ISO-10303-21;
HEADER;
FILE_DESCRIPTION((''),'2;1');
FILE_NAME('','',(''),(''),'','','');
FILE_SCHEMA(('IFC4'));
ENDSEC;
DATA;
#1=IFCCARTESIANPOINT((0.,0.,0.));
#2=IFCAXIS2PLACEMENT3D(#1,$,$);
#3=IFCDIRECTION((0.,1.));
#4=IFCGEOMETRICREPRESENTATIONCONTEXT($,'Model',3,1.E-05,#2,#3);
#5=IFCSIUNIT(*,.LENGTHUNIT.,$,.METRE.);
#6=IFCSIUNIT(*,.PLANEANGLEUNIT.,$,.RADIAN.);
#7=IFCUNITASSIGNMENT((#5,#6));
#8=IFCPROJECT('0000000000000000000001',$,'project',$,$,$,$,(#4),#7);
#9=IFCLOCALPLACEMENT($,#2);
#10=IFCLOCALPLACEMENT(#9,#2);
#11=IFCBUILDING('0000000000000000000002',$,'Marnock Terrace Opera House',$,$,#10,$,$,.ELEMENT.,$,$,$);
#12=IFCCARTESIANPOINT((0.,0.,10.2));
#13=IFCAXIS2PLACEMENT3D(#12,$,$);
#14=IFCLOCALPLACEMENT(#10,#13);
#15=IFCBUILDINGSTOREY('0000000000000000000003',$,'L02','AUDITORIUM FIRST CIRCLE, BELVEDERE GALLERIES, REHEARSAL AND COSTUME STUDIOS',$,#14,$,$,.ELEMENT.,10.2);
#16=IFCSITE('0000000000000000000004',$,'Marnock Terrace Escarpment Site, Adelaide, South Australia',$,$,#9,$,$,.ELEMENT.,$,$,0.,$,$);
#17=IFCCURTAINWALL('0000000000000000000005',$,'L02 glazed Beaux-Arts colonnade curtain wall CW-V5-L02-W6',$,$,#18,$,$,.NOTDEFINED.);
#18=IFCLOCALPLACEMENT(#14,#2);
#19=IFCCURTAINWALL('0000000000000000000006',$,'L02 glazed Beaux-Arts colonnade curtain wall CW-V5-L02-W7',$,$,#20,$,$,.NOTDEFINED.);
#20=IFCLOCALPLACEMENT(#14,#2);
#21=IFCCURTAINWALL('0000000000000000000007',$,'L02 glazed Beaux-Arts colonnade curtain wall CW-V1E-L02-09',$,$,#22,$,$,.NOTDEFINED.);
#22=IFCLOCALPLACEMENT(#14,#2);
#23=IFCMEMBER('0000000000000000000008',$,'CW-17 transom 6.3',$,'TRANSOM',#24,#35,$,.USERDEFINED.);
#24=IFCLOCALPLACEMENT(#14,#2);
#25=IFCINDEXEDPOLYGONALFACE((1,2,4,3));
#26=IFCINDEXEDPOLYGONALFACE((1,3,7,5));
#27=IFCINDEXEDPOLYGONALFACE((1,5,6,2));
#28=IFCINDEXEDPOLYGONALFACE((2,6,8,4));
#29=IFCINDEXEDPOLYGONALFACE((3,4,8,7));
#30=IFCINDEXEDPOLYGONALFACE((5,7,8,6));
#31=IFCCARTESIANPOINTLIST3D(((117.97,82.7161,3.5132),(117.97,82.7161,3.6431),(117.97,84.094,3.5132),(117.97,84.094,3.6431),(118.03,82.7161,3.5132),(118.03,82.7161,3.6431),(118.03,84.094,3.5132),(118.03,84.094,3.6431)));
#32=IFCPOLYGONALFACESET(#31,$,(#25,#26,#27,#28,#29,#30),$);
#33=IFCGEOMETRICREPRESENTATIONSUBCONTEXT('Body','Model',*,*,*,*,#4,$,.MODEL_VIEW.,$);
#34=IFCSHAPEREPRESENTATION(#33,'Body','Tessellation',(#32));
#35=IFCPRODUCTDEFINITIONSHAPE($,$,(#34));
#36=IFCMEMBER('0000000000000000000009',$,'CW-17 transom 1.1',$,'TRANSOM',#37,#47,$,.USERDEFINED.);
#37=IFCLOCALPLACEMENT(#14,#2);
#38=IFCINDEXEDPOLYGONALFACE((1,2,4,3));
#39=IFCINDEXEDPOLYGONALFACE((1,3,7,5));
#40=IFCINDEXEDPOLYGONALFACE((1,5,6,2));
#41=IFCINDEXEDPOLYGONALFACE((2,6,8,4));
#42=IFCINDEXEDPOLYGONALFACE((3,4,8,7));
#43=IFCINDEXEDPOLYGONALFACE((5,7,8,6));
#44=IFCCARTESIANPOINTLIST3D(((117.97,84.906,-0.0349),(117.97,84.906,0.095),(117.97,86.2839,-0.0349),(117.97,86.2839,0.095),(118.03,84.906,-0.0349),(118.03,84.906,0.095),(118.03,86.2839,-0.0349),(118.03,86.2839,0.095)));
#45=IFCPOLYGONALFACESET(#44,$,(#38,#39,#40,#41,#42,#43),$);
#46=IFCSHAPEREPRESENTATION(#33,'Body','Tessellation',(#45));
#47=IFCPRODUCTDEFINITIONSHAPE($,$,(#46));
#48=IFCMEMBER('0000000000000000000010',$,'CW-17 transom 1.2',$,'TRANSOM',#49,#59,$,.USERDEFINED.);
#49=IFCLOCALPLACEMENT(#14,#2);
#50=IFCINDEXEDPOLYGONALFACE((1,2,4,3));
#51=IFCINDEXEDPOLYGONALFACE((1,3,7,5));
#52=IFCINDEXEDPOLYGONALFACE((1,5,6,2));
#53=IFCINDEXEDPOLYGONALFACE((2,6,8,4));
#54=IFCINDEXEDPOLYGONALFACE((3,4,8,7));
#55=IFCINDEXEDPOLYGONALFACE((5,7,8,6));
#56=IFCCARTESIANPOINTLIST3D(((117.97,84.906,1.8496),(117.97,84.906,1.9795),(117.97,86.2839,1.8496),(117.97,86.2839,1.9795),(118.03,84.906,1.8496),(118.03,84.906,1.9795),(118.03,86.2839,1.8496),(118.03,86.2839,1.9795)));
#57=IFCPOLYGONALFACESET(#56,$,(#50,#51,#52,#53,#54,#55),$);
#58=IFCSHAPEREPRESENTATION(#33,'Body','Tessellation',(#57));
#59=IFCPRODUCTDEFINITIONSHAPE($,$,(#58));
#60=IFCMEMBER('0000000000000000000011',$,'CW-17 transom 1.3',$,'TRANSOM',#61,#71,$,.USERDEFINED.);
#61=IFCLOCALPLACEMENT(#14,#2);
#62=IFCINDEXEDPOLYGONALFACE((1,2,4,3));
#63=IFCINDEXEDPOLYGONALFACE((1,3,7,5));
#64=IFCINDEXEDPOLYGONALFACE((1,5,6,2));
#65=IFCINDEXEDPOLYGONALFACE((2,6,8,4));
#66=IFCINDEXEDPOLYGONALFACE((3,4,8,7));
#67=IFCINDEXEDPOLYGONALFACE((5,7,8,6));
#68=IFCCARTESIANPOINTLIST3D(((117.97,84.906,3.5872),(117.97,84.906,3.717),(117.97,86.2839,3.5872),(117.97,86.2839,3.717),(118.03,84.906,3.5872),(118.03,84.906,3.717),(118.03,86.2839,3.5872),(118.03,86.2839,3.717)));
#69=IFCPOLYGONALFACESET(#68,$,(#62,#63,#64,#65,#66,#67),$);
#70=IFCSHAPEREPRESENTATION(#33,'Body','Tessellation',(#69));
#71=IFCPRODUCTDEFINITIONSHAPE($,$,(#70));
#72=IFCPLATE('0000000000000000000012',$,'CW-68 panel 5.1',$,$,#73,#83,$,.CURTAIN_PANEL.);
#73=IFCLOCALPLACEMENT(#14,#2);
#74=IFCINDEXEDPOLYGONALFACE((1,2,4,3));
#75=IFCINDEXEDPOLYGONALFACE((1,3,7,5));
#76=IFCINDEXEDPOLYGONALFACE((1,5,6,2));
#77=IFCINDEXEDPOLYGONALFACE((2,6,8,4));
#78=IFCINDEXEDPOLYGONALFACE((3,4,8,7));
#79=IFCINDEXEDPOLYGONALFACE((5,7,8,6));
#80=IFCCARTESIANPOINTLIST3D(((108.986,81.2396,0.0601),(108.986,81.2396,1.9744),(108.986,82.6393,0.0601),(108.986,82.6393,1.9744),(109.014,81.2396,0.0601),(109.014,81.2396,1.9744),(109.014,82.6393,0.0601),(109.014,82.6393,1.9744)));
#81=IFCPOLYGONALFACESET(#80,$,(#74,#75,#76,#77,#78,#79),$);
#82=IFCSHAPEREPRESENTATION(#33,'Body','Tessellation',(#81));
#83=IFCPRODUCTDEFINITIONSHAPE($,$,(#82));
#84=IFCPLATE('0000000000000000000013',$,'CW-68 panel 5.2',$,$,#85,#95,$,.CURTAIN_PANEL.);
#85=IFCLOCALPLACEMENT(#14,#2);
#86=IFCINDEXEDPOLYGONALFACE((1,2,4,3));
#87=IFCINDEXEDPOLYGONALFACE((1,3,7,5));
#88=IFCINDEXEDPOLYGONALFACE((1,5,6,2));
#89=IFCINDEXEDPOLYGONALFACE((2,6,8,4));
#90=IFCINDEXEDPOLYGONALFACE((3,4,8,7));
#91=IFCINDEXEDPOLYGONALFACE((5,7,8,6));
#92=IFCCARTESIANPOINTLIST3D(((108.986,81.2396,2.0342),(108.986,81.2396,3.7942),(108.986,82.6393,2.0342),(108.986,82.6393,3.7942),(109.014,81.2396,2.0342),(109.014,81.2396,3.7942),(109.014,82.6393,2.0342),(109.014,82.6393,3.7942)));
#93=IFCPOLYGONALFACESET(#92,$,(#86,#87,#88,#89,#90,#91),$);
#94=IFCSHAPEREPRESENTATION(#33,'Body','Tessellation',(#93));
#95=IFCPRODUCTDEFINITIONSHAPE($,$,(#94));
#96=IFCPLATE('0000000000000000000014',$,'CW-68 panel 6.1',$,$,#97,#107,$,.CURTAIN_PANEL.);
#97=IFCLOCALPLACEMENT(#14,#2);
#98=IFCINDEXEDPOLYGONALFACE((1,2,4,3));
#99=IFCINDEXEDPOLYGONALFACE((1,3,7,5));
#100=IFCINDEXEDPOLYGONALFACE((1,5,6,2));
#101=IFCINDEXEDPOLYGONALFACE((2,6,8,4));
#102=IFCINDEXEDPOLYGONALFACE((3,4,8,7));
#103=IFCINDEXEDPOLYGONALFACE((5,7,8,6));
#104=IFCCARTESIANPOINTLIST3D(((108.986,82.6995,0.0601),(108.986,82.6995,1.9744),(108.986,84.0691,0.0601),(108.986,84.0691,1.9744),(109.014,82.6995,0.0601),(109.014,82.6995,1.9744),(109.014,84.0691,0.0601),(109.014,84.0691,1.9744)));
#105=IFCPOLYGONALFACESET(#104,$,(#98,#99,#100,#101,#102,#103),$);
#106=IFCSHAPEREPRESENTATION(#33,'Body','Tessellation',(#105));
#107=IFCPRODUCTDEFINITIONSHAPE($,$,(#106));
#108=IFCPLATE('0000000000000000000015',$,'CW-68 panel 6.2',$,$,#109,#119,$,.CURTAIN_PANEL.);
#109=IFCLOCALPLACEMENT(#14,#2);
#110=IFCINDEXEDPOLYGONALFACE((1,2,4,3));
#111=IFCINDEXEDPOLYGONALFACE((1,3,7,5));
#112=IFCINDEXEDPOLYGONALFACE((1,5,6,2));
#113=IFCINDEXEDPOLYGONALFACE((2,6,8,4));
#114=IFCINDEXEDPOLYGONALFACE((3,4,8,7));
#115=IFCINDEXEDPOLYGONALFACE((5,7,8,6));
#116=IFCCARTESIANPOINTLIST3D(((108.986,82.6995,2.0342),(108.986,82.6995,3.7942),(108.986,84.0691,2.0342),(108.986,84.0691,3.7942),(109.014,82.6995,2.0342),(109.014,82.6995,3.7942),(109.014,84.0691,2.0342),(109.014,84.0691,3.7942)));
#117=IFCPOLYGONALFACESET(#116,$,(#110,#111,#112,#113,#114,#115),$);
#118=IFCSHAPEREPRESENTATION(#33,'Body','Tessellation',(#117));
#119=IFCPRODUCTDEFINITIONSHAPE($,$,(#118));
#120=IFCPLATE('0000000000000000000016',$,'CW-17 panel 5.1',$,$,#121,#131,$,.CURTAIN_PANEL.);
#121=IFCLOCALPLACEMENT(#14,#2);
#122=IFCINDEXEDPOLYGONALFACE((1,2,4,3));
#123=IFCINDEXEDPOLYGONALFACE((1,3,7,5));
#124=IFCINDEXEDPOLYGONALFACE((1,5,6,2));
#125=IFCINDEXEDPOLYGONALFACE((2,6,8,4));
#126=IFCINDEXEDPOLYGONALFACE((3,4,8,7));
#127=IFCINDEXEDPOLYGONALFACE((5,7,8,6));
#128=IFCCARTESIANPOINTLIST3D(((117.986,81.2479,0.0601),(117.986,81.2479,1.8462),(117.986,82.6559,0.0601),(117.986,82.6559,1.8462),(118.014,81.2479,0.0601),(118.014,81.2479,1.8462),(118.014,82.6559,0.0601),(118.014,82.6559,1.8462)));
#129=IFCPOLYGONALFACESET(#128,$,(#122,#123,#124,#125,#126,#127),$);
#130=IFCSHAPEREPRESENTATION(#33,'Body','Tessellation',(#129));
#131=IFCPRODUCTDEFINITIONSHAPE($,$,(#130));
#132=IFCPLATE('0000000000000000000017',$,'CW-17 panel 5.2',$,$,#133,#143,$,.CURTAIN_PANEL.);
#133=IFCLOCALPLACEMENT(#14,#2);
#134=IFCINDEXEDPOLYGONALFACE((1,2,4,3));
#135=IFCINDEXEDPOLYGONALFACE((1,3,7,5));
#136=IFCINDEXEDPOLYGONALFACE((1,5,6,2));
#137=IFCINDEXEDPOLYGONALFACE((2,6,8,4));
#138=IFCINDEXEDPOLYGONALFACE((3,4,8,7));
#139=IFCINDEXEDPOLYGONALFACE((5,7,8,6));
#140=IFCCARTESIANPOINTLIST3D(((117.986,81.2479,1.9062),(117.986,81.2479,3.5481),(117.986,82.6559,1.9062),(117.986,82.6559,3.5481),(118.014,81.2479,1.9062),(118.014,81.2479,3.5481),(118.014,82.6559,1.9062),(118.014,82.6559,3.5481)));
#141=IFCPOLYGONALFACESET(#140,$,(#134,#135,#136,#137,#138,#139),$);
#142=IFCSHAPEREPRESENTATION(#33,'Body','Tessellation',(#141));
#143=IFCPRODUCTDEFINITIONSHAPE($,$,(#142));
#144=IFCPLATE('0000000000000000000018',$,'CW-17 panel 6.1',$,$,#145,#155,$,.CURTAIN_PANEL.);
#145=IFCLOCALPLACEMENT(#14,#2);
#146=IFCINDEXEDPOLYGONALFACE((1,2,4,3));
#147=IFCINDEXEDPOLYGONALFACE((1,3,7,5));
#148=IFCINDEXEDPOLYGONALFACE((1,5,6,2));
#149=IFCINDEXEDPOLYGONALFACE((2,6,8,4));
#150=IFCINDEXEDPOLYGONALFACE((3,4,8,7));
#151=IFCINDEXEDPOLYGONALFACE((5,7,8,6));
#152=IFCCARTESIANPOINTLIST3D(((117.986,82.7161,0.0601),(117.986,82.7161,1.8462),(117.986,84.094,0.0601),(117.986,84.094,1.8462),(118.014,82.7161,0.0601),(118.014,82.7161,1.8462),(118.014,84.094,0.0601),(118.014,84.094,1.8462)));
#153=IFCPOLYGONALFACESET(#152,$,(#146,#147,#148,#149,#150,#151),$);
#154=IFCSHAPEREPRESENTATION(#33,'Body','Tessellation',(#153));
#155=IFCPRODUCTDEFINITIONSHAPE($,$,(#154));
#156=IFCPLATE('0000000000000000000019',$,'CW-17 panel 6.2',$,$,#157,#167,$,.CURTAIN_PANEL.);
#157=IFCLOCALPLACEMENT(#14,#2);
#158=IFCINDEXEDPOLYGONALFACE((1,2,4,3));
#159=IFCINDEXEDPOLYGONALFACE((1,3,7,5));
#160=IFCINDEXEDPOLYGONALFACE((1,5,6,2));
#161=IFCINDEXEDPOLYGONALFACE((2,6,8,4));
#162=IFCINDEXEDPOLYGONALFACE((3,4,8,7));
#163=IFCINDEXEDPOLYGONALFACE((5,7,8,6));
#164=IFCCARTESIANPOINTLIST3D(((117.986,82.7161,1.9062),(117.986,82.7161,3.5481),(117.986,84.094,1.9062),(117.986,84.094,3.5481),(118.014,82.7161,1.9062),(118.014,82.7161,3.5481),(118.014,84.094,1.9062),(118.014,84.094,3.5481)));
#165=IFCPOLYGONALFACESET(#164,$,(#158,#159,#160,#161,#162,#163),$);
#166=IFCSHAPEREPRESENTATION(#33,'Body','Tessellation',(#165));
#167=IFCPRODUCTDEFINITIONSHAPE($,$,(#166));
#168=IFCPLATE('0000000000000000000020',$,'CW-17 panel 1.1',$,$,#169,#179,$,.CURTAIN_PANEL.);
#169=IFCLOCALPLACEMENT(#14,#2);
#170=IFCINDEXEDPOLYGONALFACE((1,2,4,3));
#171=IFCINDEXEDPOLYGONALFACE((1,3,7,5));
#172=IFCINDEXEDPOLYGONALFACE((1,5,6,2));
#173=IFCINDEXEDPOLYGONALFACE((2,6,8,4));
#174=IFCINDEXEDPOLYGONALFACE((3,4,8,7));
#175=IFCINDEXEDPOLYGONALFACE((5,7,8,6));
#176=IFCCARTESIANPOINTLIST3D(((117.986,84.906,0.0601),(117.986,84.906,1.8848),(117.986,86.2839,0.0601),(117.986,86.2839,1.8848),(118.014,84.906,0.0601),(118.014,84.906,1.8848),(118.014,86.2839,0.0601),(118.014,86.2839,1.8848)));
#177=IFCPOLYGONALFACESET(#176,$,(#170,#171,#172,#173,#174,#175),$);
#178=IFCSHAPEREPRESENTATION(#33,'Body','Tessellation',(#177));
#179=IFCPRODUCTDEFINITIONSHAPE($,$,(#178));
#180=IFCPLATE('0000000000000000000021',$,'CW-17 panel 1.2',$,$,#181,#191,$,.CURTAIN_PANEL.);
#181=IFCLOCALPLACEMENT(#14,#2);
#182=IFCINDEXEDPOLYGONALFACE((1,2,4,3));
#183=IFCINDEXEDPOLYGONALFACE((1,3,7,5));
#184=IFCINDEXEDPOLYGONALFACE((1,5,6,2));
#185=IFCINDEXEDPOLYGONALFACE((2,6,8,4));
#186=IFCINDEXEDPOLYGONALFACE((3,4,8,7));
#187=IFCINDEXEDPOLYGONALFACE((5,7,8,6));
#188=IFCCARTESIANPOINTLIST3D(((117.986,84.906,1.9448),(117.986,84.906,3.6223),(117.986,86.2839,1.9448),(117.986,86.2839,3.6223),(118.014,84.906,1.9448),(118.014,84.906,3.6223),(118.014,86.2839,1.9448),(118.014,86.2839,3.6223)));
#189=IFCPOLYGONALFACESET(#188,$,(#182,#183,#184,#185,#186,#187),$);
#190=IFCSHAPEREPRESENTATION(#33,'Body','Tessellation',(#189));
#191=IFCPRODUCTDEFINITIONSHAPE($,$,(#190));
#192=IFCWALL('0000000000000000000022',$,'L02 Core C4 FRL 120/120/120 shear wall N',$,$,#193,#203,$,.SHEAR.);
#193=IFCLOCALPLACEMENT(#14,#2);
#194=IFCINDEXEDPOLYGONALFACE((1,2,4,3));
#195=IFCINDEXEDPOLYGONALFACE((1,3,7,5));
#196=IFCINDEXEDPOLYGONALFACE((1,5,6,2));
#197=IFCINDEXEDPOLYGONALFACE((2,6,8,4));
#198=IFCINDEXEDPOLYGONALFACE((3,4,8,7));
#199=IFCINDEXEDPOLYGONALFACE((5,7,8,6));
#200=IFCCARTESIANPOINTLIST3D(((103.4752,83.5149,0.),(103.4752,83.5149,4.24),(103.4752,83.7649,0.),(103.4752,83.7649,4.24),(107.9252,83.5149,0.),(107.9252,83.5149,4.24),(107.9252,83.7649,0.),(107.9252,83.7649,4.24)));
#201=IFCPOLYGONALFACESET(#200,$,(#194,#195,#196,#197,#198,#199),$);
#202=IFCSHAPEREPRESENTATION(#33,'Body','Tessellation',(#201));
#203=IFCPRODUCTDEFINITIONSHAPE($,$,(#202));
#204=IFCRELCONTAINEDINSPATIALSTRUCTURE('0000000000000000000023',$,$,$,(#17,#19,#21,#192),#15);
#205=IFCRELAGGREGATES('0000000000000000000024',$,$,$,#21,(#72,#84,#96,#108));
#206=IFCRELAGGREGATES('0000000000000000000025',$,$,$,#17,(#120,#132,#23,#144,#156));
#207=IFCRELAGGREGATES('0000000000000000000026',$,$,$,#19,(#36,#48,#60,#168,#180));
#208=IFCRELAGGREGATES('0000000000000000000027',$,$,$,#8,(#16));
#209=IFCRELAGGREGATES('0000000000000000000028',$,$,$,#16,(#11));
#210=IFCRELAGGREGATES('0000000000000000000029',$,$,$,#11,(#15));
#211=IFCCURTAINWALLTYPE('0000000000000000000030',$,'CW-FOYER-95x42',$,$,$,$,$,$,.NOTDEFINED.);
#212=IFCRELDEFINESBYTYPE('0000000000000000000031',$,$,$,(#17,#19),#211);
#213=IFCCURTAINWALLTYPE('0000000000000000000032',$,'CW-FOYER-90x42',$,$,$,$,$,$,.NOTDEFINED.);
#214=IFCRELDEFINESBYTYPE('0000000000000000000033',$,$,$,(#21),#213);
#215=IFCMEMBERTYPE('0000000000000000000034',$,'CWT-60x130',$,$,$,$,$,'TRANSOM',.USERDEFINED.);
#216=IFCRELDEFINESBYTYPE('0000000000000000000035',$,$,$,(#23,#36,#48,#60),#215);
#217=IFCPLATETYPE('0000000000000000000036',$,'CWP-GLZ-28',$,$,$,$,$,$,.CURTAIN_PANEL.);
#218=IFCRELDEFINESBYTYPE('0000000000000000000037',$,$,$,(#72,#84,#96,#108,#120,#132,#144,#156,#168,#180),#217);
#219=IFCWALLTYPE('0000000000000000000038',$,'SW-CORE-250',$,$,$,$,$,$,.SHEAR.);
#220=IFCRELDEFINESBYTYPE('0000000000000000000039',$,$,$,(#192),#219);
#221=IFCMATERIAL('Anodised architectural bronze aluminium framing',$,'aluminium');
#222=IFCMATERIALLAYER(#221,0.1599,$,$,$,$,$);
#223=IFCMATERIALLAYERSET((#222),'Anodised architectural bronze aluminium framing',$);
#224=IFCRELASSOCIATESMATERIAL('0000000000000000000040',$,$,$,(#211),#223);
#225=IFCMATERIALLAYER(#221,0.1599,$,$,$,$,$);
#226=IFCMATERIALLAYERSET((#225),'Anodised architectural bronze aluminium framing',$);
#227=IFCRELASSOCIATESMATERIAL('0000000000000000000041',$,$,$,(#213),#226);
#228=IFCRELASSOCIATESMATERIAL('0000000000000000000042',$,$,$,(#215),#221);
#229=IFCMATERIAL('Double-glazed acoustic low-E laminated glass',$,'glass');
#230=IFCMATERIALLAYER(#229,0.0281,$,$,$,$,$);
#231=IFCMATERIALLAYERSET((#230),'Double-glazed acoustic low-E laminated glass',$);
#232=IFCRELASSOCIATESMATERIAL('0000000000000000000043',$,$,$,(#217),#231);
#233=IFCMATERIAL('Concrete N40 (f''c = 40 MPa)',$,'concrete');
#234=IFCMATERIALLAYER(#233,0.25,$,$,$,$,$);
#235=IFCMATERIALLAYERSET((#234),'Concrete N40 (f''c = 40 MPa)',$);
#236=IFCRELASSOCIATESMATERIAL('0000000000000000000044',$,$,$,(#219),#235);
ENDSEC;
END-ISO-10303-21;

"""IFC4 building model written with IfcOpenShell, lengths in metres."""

from ifc_helpers import new_model, si_unit, direction, frame, frame_2d, origin, origin_2d, place, context, subcontext, project, spatial, rectangle, extrude, material, layer, layer_set, material_profile, profile_set, type_object, element, aggregate, save


model = new_model("IFC4")

# Units and contexts
model_context = context("Model", 3, precision=1e-05, world=origin(), true_north=direction((0.0, 1.0)))
body_context = subcontext(model_context, "Body", "Model", "MODEL_VIEW")
ifc_project = project(units=[si_unit("LENGTHUNIT", "METRE"), si_unit("PLANEANGLEUNIT", "RADIAN")], contexts=[model_context])

# Site, building, storey
site_placement = place(None, origin())
site = spatial("IfcSite", under=ifc_project, at=site_placement, Name="Marnock Terrace Escarpment Site, Adelaide, South Australia", CompositionType="ELEMENT", RefElevation=0.0)
building_placement = place(site_placement, origin())
building = spatial("IfcBuilding", under=site, at=building_placement, Name="Marnock Terrace Opera House", CompositionType="ELEMENT")
storey_placement = place(building_placement, frame((0.0, 0.0, 10.2)))
storey = spatial("IfcBuildingStorey", under=building, at=storey_placement, Name="L02", Description="AUDITORIUM FIRST CIRCLE, BELVEDERE GALLERIES, REHEARSAL AND COSTUME STUDIOS", CompositionType="ELEMENT", Elevation=10.2)

# Shared definitions
ifc_material_1 = material(Name="Concrete N40 (f'c = 40 MPa)", Category="concrete")

# Curtain wall
ifc_material_2 = material(Name="Anodised architectural bronze aluminium framing", Category="aluminium")
ifc_layer_1 = layer(ifc_material_2, 0.1599)
ifc_layer_set_1 = layer_set([ifc_layer_1], Name="Anodised architectural bronze aluminium framing")
curtain_wall_type_1 = type_object("IfcCurtainWallType", Name="CW-FOYER-95x42", PredefinedType="NOTDEFINED", material=ifc_layer_set_1)
curtain_wall_1_placement = place(storey_placement, origin())
curtain_wall_1 = element("IfcCurtainWall", 1, at=curtain_wall_1_placement, inside=storey, type_object=curtain_wall_type_1, Name="L02 glazed Beaux-Arts colonnade curtain wall CW-V5-L02-W6", PredefinedType="NOTDEFINED")

# Curtain wall
curtain_wall_2_placement = place(storey_placement, origin())
curtain_wall_2 = element("IfcCurtainWall", 2, at=curtain_wall_2_placement, inside=storey, type_object=curtain_wall_type_1, Name="L02 glazed Beaux-Arts colonnade curtain wall CW-V5-L02-W7", PredefinedType="NOTDEFINED")

# Curtain wall
ifc_layer_2 = layer(ifc_material_2, 0.1599)
ifc_layer_set_2 = layer_set([ifc_layer_2], Name="Anodised architectural bronze aluminium framing")
curtain_wall_type_2 = type_object("IfcCurtainWallType", Name="CW-FOYER-90x42", PredefinedType="NOTDEFINED", material=ifc_layer_set_2)
curtain_wall_3_placement = place(storey_placement, origin())
curtain_wall_3 = element("IfcCurtainWall", 3, at=curtain_wall_3_placement, inside=storey, type_object=curtain_wall_type_2, Name="L02 glazed Beaux-Arts colonnade curtain wall CW-V1E-L02-09", PredefinedType="NOTDEFINED")
ifc_material_profile_1 = material_profile(ifc_material_2, rectangle(XDim=0.0601, YDim=0.1299, at=origin_2d()))
ifc_profile_set_1 = profile_set([ifc_material_profile_1], Name="Anodised architectural bronze aluminium framing")
member_type_1 = type_object("IfcMemberType", Name="CWT-60x130", ElementType="TRANSOM", PredefinedType="USERDEFINED", material=ifc_profile_set_1)

# Members
member_1_placement = place(storey_placement, frame((118.0, 82.7161, 3.5781), z_axis=(0.0, 1.0, 0.0), x_axis=(-1.0, 0.0, 0.0)))
member_1 = element("IfcMember", 4, at=member_1_placement, type_object=member_type_1, Name="CW-17 transom 6.3", ObjectType="TRANSOM", PredefinedType="USERDEFINED", context=body_context, shape_type="SweptSolid", body=[
    extrude(rectangle(XDim=0.0601, YDim=0.1299, at=origin_2d()), origin(), (0.0, 0.0, 1.0), 1.3779),
])
member_2_placement = place(storey_placement, frame((118.0, 84.906, 0.03), z_axis=(0.0, 1.0, 0.0), x_axis=(-1.0, 0.0, 0.0)))
member_2 = element("IfcMember", 5, at=member_2_placement, type_object=member_type_1, Name="CW-17 transom 1.1", ObjectType="TRANSOM", PredefinedType="USERDEFINED", context=body_context, shape_type="SweptSolid", body=[
    extrude(rectangle(XDim=0.0601, YDim=0.1299, at=origin_2d()), origin(), (0.0, 0.0, 1.0), 1.3779),
])
member_3_placement = place(storey_placement, frame((118.0, 84.906, 1.9146), z_axis=(0.0, 1.0, 0.0), x_axis=(-1.0, 0.0, 0.0)))
member_3 = element("IfcMember", 6, at=member_3_placement, type_object=member_type_1, Name="CW-17 transom 1.2", ObjectType="TRANSOM", PredefinedType="USERDEFINED", context=body_context, shape_type="SweptSolid", body=[
    extrude(rectangle(XDim=0.0601, YDim=0.1299, at=origin_2d()), origin(), (0.0, 0.0, 1.0), 1.3779),
])
member_4_placement = place(storey_placement, frame((118.0, 84.906, 3.6521), z_axis=(0.0, 1.0, 0.0), x_axis=(-1.0, 0.0, 0.0)))
member_4 = element("IfcMember", 7, at=member_4_placement, type_object=member_type_1, Name="CW-17 transom 1.3", ObjectType="TRANSOM", PredefinedType="USERDEFINED", context=body_context, shape_type="SweptSolid", body=[
    extrude(rectangle(XDim=0.0601, YDim=0.1299, at=origin_2d()), origin(), (0.0, 0.0, 1.0), 1.3779),
])

# Plates
ifc_material_3 = material(Name="Double-glazed acoustic low-E laminated glass", Category="glass")
ifc_layer_3 = layer(ifc_material_3, 0.0281)
ifc_layer_set_3 = layer_set([ifc_layer_3], Name="Double-glazed acoustic low-E laminated glass")
plate_type = type_object("IfcPlateType", Name="CWP-GLZ-28", PredefinedType="CURTAIN_PANEL", material=ifc_layer_set_3)
plate_1_placement = place(storey_placement, frame((109.0, 81.9395, 0.0601), z_axis=(0.0, 0.0, 1.0), x_axis=(0.0, 1.0, 0.0)))
plate_1 = element("IfcPlate", 8, at=plate_1_placement, type_object=plate_type, Name="CW-68 panel 5.1", PredefinedType="CURTAIN_PANEL", context=body_context, shape_type="SweptSolid", body=[
    extrude(rectangle(XDim=1.3997, YDim=0.0281, at=origin_2d()), origin(), (0.0, 0.0, 1.0), 1.9143),
])
plate_2_placement = place(storey_placement, frame((109.0, 81.9395, 2.0342), z_axis=(0.0, 0.0, 1.0), x_axis=(0.0, 1.0, 0.0)))
plate_2 = element("IfcPlate", 9, at=plate_2_placement, type_object=plate_type, Name="CW-68 panel 5.2", PredefinedType="CURTAIN_PANEL", context=body_context, shape_type="SweptSolid", body=[
    extrude(rectangle(XDim=1.3997, YDim=0.0281, at=origin_2d()), origin(), (0.0, 0.0, 1.0), 1.76),
])
plate_3_placement = place(storey_placement, frame((109.0, 83.3843, 0.0601), z_axis=(0.0, 0.0, 1.0), x_axis=(0.0, 1.0, 0.0)))
plate_3 = element("IfcPlate", 10, at=plate_3_placement, type_object=plate_type, Name="CW-68 panel 6.1", PredefinedType="CURTAIN_PANEL", context=body_context, shape_type="SweptSolid", body=[
    extrude(rectangle(XDim=1.3696, YDim=0.0281, at=origin_2d()), origin(), (0.0, 0.0, 1.0), 1.9143),
])
plate_4_placement = place(storey_placement, frame((109.0, 83.3843, 2.0342), z_axis=(0.0, 0.0, 1.0), x_axis=(0.0, 1.0, 0.0)))
plate_4 = element("IfcPlate", 11, at=plate_4_placement, type_object=plate_type, Name="CW-68 panel 6.2", PredefinedType="CURTAIN_PANEL", context=body_context, shape_type="SweptSolid", body=[
    extrude(rectangle(XDim=1.3696, YDim=0.0281, at=origin_2d()), origin(), (0.0, 0.0, 1.0), 1.76),
])
aggregate(curtain_wall_3, [plate_1, plate_2, plate_3, plate_4])
plate_5_placement = place(storey_placement, frame((118.0, 81.9519, 0.0601), z_axis=(0.0, 0.0, 1.0), x_axis=(0.0, 1.0, 0.0)))
plate_5 = element("IfcPlate", 12, at=plate_5_placement, type_object=plate_type, Name="CW-17 panel 5.1", PredefinedType="CURTAIN_PANEL", context=body_context, shape_type="SweptSolid", body=[
    extrude(rectangle(XDim=1.408, YDim=0.0281, at=origin_2d()), origin(), (0.0, 0.0, 1.0), 1.7861),
])
plate_6_placement = place(storey_placement, frame((118.0, 81.9519, 1.9062), z_axis=(0.0, 0.0, 1.0), x_axis=(0.0, 1.0, 0.0)))
plate_6 = element("IfcPlate", 13, at=plate_6_placement, type_object=plate_type, Name="CW-17 panel 5.2", PredefinedType="CURTAIN_PANEL", context=body_context, shape_type="SweptSolid", body=[
    extrude(rectangle(XDim=1.408, YDim=0.0281, at=origin_2d()), origin(), (0.0, 0.0, 1.0), 1.6418),
])
plate_7_placement = place(storey_placement, frame((118.0, 83.405, 0.0601), z_axis=(0.0, 0.0, 1.0), x_axis=(0.0, 1.0, 0.0)))
plate_7 = element("IfcPlate", 14, at=plate_7_placement, type_object=plate_type, Name="CW-17 panel 6.1", PredefinedType="CURTAIN_PANEL", context=body_context, shape_type="SweptSolid", body=[
    extrude(rectangle(XDim=1.3779, YDim=0.0281, at=origin_2d()), origin(), (0.0, 0.0, 1.0), 1.7861),
])
plate_8_placement = place(storey_placement, frame((118.0, 83.405, 1.9062), z_axis=(0.0, 0.0, 1.0), x_axis=(0.0, 1.0, 0.0)))
plate_8 = element("IfcPlate", 15, at=plate_8_placement, type_object=plate_type, Name="CW-17 panel 6.2", PredefinedType="CURTAIN_PANEL", context=body_context, shape_type="SweptSolid", body=[
    extrude(rectangle(XDim=1.3779, YDim=0.0281, at=origin_2d()), origin(), (0.0, 0.0, 1.0), 1.6418),
])
aggregate(curtain_wall_1, [plate_5, plate_6, member_1, plate_7, plate_8])
plate_9_placement = place(storey_placement, frame((118.0, 85.595, 0.0601), z_axis=(0.0, 0.0, 1.0), x_axis=(0.0, 1.0, 0.0)))
plate_9 = element("IfcPlate", 16, at=plate_9_placement, type_object=plate_type, Name="CW-17 panel 1.1", PredefinedType="CURTAIN_PANEL", context=body_context, shape_type="SweptSolid", body=[
    extrude(rectangle(XDim=1.3779, YDim=0.0281, at=origin_2d()), origin(), (0.0, 0.0, 1.0), 1.8247),
])
plate_10_placement = place(storey_placement, frame((118.0, 85.595, 1.9448), z_axis=(0.0, 0.0, 1.0), x_axis=(0.0, 1.0, 0.0)))
plate_10 = element("IfcPlate", 17, at=plate_10_placement, type_object=plate_type, Name="CW-17 panel 1.2", PredefinedType="CURTAIN_PANEL", context=body_context, shape_type="SweptSolid", body=[
    extrude(rectangle(XDim=1.3779, YDim=0.0281, at=origin_2d()), origin(), (0.0, 0.0, 1.0), 1.6775),
])
aggregate(curtain_wall_2, [member_2, member_3, member_4, plate_9, plate_10])

# Wall
ifc_layer_4 = layer(ifc_material_1, 0.25)
ifc_layer_set_4 = layer_set([ifc_layer_4], Name="Concrete N40 (f'c = 40 MPa)")
wall_type = type_object("IfcWallType", Name="SW-CORE-250", PredefinedType="SHEAR", material=ifc_layer_set_4)
wall_placement = place(storey_placement, frame((103.4751, 83.6399, 0.0), z_axis=(0.0, 0.0, 1.0), x_axis=(1.0, 0.0, 0.0)))
element("IfcWall", 18, at=wall_placement, inside=storey, type_object=wall_type, Name="L02 Core C4 FRL 120/120/120 shear wall N", PredefinedType="SHEAR", context=body_context, shape_type="SweptSolid", body=[
    extrude(rectangle(XDim=4.45, YDim=0.25, at=frame_2d((2.2251, 0.0))), origin(), (0.0, 0.0, 1.0), 4.24),
])

save(model, "model.ifc")
